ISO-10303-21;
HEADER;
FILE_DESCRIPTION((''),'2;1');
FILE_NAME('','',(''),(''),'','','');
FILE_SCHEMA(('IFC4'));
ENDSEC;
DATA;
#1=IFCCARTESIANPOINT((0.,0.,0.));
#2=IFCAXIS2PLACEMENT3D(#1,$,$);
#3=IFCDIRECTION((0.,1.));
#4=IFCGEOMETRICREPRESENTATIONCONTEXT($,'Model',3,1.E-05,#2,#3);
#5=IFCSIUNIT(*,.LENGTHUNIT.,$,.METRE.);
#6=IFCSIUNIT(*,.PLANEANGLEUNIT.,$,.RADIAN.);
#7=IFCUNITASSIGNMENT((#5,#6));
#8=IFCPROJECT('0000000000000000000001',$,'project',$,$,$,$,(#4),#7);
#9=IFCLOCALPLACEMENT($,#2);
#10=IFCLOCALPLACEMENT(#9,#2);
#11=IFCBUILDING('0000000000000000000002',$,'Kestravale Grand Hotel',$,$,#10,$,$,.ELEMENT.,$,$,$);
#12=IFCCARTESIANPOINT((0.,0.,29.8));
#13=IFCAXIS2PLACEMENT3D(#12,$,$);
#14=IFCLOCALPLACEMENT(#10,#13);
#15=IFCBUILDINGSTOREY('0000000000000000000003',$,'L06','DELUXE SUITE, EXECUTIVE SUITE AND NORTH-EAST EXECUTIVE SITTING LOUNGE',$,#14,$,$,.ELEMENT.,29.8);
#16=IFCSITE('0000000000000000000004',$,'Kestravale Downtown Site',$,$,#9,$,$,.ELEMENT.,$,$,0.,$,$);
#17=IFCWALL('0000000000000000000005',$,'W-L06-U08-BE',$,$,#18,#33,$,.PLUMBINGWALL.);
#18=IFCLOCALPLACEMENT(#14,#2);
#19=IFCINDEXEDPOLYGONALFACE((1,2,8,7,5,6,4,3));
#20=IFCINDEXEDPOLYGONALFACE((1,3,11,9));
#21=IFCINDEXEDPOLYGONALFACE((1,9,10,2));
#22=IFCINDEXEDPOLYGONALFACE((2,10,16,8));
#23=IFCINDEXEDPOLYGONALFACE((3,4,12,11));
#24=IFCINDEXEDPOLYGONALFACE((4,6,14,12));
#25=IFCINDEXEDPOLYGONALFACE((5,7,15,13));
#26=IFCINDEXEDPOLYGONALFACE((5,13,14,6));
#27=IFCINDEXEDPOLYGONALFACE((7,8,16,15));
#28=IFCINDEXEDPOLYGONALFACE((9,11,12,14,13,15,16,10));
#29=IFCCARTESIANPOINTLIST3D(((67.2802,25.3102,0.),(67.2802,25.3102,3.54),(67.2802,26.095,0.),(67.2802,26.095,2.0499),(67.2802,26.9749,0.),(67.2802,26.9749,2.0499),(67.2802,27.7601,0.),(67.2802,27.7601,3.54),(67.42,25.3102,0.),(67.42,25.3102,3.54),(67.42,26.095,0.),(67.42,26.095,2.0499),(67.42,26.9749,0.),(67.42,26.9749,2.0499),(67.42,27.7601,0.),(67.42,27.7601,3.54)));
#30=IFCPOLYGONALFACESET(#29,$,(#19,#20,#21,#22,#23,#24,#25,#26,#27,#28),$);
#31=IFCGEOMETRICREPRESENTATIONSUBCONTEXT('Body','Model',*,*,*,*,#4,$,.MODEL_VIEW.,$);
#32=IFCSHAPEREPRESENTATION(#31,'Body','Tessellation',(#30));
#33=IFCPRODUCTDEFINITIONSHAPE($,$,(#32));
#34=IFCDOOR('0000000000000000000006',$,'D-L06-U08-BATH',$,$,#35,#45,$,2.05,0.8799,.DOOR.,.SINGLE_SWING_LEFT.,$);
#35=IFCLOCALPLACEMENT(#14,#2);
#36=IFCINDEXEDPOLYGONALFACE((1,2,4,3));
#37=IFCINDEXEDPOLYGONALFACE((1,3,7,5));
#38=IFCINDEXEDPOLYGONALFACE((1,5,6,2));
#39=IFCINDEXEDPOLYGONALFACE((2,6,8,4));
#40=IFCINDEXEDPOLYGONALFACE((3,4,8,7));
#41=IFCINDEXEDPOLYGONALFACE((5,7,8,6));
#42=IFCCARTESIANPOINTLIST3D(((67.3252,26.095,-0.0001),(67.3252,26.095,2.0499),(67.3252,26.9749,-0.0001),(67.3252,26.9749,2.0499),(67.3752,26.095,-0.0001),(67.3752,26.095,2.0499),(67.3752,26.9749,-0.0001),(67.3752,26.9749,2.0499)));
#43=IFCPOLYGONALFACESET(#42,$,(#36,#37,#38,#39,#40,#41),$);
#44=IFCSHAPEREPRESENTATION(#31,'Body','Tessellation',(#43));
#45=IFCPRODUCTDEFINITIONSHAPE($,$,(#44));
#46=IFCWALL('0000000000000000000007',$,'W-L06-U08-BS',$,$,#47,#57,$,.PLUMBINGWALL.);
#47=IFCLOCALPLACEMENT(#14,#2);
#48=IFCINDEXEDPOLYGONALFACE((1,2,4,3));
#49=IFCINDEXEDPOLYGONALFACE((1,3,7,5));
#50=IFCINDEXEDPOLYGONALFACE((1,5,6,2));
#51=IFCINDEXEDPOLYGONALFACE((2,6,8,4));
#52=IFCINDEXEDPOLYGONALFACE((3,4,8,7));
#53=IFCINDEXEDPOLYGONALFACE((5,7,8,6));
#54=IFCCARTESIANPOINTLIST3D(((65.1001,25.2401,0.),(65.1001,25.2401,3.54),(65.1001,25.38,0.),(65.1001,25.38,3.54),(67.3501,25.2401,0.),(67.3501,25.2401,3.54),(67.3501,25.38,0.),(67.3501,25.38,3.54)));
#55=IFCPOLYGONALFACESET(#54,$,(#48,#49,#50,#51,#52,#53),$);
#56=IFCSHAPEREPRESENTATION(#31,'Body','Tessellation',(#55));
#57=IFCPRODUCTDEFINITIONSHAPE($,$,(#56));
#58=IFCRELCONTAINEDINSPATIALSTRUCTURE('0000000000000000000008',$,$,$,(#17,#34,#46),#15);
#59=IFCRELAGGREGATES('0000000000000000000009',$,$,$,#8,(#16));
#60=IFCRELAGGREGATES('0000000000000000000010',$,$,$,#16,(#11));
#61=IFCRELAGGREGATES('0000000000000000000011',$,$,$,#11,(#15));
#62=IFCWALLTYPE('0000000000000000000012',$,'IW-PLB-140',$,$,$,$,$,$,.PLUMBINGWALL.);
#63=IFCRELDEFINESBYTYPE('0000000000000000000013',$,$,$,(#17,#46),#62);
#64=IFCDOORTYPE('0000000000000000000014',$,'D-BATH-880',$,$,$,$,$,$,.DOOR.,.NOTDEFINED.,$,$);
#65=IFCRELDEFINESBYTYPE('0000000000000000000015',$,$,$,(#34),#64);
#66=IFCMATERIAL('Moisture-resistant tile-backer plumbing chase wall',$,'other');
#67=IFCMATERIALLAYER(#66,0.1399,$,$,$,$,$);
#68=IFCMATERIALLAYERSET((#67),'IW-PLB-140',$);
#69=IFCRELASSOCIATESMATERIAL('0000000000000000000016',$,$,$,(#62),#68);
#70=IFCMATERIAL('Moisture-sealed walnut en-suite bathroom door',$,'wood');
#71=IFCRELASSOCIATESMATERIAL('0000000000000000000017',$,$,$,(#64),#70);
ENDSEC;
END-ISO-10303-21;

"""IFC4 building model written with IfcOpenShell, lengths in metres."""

from ifc_helpers import new_model, si_unit, direction, frame, frame_2d, origin, place, context, subcontext, project, spatial, rectangle, extrude, material, layer, layer_set, type_object, element, fill, save


model = new_model("IFC4")

# Units and contexts
model_context = context("Model", 3, precision=1e-05, world=origin(), true_north=direction((0.0, 1.0)))
body_context = subcontext(model_context, "Body", "Model", "MODEL_VIEW")
ifc_project = project(units=[si_unit("LENGTHUNIT", "METRE"), si_unit("PLANEANGLEUNIT", "RADIAN")], contexts=[model_context])

# Site, building, storey
site_placement = place(None, origin())
site = spatial("IfcSite", under=ifc_project, at=site_placement, Name="Kestravale Downtown Site", CompositionType="ELEMENT", RefElevation=0.0)
building_placement = place(site_placement, origin())
building = spatial("IfcBuilding", under=site, at=building_placement, Name="Kestravale Grand Hotel", CompositionType="ELEMENT")
storey_placement = place(building_placement, frame((0.0, 0.0, 29.8)))
storey = spatial("IfcBuildingStorey", under=building, at=storey_placement, Name="L06", Description="DELUXE SUITE, EXECUTIVE SUITE AND NORTH-EAST EXECUTIVE SITTING LOUNGE", CompositionType="ELEMENT", Elevation=29.8)

# Shared definitions
ifc_material_1 = material(Name="Moisture-resistant tile-backer plumbing chase wall", Category="other")
ifc_layer_1 = layer(ifc_material_1, 0.1399)
ifc_layer_set_1 = layer_set([ifc_layer_1], Name="IW-PLB-140")
wall_type_1 = type_object("IfcWallType", Name="IW-PLB-140", PredefinedType="PLUMBINGWALL", material=ifc_layer_set_1)

# Shared definitions
ifc_material_2 = material(Name="Moisture-sealed walnut en-suite bathroom door", Category="wood")
door_type = type_object("IfcDoorType", Name="D-BATH-880", OperationType="NOTDEFINED", PredefinedType="DOOR", material=ifc_material_2)

# Wall, opening, door
wall_1_placement = place(storey_placement, frame((67.3501, 25.3101, 0.0), z_axis=(0.0, 0.0, 1.0), x_axis=(0.0, 1.0, 0.0)))
wall_1 = element("IfcWall", 1, at=wall_1_placement, inside=storey, type_object=wall_type_1, Name="W-L06-U08-BE", PredefinedType="PLUMBINGWALL", context=body_context, shape_type="SweptSolid", body=[
    extrude(rectangle(XDim=2.45, YDim=0.1399, at=frame_2d((1.2251, 0.0))), origin(), (0.0, 0.0, 1.0), 3.54),
])
opening_1_placement = place(wall_1_placement, frame((0.7849, 0.0, 0.0)))
opening_1 = element("IfcOpeningElement", 2, at=opening_1_placement, cuts=wall_1, PredefinedType="OPENING", context=body_context, shape_type="SweptSolid", body=[
    extrude(rectangle(XDim=0.8799, YDim=2.05, at=frame_2d((0.4399, 1.0249))), frame((0.0, 0.0798, 0.0), z_axis=(0.0, -1.0, 0.0), x_axis=(1.0, 0.0, 0.0)), (0.0, 0.0, 1.0), 0.1599),
])
door_1_placement = place(opening_1_placement, origin())
door_1 = element("IfcDoor", 3, at=door_1_placement, inside=storey, type_object=door_type, Name="D-L06-U08-BATH", OperationType="SINGLE_SWING_LEFT", OverallHeight=2.05, OverallWidth=0.8799, PredefinedType="DOOR", context=body_context, shape_type="SweptSolid", body=[
    extrude(rectangle(XDim=0.8799, YDim=2.05, at=frame_2d((0.4399, 1.0249))), frame((0.0, 0.0249, 0.0), z_axis=(0.0, -1.0, 0.0), x_axis=(1.0, 0.0, 0.0)), (0.0, 0.0, 1.0), 0.05),
])
fill(opening_1, door_1)

# Wall
wall_2_placement = place(storey_placement, frame((65.1001, 25.3101, 0.0), z_axis=(0.0, 0.0, 1.0), x_axis=(1.0, 0.0, 0.0)))
element("IfcWall", 4, at=wall_2_placement, inside=storey, type_object=wall_type_1, Name="W-L06-U08-BS", PredefinedType="PLUMBINGWALL", context=body_context, shape_type="SweptSolid", body=[
    extrude(rectangle(XDim=2.25, YDim=0.1399, at=frame_2d((1.125, 0.0))), origin(), (0.0, 0.0, 1.0), 3.54),
])

save(model, "model.ifc")
